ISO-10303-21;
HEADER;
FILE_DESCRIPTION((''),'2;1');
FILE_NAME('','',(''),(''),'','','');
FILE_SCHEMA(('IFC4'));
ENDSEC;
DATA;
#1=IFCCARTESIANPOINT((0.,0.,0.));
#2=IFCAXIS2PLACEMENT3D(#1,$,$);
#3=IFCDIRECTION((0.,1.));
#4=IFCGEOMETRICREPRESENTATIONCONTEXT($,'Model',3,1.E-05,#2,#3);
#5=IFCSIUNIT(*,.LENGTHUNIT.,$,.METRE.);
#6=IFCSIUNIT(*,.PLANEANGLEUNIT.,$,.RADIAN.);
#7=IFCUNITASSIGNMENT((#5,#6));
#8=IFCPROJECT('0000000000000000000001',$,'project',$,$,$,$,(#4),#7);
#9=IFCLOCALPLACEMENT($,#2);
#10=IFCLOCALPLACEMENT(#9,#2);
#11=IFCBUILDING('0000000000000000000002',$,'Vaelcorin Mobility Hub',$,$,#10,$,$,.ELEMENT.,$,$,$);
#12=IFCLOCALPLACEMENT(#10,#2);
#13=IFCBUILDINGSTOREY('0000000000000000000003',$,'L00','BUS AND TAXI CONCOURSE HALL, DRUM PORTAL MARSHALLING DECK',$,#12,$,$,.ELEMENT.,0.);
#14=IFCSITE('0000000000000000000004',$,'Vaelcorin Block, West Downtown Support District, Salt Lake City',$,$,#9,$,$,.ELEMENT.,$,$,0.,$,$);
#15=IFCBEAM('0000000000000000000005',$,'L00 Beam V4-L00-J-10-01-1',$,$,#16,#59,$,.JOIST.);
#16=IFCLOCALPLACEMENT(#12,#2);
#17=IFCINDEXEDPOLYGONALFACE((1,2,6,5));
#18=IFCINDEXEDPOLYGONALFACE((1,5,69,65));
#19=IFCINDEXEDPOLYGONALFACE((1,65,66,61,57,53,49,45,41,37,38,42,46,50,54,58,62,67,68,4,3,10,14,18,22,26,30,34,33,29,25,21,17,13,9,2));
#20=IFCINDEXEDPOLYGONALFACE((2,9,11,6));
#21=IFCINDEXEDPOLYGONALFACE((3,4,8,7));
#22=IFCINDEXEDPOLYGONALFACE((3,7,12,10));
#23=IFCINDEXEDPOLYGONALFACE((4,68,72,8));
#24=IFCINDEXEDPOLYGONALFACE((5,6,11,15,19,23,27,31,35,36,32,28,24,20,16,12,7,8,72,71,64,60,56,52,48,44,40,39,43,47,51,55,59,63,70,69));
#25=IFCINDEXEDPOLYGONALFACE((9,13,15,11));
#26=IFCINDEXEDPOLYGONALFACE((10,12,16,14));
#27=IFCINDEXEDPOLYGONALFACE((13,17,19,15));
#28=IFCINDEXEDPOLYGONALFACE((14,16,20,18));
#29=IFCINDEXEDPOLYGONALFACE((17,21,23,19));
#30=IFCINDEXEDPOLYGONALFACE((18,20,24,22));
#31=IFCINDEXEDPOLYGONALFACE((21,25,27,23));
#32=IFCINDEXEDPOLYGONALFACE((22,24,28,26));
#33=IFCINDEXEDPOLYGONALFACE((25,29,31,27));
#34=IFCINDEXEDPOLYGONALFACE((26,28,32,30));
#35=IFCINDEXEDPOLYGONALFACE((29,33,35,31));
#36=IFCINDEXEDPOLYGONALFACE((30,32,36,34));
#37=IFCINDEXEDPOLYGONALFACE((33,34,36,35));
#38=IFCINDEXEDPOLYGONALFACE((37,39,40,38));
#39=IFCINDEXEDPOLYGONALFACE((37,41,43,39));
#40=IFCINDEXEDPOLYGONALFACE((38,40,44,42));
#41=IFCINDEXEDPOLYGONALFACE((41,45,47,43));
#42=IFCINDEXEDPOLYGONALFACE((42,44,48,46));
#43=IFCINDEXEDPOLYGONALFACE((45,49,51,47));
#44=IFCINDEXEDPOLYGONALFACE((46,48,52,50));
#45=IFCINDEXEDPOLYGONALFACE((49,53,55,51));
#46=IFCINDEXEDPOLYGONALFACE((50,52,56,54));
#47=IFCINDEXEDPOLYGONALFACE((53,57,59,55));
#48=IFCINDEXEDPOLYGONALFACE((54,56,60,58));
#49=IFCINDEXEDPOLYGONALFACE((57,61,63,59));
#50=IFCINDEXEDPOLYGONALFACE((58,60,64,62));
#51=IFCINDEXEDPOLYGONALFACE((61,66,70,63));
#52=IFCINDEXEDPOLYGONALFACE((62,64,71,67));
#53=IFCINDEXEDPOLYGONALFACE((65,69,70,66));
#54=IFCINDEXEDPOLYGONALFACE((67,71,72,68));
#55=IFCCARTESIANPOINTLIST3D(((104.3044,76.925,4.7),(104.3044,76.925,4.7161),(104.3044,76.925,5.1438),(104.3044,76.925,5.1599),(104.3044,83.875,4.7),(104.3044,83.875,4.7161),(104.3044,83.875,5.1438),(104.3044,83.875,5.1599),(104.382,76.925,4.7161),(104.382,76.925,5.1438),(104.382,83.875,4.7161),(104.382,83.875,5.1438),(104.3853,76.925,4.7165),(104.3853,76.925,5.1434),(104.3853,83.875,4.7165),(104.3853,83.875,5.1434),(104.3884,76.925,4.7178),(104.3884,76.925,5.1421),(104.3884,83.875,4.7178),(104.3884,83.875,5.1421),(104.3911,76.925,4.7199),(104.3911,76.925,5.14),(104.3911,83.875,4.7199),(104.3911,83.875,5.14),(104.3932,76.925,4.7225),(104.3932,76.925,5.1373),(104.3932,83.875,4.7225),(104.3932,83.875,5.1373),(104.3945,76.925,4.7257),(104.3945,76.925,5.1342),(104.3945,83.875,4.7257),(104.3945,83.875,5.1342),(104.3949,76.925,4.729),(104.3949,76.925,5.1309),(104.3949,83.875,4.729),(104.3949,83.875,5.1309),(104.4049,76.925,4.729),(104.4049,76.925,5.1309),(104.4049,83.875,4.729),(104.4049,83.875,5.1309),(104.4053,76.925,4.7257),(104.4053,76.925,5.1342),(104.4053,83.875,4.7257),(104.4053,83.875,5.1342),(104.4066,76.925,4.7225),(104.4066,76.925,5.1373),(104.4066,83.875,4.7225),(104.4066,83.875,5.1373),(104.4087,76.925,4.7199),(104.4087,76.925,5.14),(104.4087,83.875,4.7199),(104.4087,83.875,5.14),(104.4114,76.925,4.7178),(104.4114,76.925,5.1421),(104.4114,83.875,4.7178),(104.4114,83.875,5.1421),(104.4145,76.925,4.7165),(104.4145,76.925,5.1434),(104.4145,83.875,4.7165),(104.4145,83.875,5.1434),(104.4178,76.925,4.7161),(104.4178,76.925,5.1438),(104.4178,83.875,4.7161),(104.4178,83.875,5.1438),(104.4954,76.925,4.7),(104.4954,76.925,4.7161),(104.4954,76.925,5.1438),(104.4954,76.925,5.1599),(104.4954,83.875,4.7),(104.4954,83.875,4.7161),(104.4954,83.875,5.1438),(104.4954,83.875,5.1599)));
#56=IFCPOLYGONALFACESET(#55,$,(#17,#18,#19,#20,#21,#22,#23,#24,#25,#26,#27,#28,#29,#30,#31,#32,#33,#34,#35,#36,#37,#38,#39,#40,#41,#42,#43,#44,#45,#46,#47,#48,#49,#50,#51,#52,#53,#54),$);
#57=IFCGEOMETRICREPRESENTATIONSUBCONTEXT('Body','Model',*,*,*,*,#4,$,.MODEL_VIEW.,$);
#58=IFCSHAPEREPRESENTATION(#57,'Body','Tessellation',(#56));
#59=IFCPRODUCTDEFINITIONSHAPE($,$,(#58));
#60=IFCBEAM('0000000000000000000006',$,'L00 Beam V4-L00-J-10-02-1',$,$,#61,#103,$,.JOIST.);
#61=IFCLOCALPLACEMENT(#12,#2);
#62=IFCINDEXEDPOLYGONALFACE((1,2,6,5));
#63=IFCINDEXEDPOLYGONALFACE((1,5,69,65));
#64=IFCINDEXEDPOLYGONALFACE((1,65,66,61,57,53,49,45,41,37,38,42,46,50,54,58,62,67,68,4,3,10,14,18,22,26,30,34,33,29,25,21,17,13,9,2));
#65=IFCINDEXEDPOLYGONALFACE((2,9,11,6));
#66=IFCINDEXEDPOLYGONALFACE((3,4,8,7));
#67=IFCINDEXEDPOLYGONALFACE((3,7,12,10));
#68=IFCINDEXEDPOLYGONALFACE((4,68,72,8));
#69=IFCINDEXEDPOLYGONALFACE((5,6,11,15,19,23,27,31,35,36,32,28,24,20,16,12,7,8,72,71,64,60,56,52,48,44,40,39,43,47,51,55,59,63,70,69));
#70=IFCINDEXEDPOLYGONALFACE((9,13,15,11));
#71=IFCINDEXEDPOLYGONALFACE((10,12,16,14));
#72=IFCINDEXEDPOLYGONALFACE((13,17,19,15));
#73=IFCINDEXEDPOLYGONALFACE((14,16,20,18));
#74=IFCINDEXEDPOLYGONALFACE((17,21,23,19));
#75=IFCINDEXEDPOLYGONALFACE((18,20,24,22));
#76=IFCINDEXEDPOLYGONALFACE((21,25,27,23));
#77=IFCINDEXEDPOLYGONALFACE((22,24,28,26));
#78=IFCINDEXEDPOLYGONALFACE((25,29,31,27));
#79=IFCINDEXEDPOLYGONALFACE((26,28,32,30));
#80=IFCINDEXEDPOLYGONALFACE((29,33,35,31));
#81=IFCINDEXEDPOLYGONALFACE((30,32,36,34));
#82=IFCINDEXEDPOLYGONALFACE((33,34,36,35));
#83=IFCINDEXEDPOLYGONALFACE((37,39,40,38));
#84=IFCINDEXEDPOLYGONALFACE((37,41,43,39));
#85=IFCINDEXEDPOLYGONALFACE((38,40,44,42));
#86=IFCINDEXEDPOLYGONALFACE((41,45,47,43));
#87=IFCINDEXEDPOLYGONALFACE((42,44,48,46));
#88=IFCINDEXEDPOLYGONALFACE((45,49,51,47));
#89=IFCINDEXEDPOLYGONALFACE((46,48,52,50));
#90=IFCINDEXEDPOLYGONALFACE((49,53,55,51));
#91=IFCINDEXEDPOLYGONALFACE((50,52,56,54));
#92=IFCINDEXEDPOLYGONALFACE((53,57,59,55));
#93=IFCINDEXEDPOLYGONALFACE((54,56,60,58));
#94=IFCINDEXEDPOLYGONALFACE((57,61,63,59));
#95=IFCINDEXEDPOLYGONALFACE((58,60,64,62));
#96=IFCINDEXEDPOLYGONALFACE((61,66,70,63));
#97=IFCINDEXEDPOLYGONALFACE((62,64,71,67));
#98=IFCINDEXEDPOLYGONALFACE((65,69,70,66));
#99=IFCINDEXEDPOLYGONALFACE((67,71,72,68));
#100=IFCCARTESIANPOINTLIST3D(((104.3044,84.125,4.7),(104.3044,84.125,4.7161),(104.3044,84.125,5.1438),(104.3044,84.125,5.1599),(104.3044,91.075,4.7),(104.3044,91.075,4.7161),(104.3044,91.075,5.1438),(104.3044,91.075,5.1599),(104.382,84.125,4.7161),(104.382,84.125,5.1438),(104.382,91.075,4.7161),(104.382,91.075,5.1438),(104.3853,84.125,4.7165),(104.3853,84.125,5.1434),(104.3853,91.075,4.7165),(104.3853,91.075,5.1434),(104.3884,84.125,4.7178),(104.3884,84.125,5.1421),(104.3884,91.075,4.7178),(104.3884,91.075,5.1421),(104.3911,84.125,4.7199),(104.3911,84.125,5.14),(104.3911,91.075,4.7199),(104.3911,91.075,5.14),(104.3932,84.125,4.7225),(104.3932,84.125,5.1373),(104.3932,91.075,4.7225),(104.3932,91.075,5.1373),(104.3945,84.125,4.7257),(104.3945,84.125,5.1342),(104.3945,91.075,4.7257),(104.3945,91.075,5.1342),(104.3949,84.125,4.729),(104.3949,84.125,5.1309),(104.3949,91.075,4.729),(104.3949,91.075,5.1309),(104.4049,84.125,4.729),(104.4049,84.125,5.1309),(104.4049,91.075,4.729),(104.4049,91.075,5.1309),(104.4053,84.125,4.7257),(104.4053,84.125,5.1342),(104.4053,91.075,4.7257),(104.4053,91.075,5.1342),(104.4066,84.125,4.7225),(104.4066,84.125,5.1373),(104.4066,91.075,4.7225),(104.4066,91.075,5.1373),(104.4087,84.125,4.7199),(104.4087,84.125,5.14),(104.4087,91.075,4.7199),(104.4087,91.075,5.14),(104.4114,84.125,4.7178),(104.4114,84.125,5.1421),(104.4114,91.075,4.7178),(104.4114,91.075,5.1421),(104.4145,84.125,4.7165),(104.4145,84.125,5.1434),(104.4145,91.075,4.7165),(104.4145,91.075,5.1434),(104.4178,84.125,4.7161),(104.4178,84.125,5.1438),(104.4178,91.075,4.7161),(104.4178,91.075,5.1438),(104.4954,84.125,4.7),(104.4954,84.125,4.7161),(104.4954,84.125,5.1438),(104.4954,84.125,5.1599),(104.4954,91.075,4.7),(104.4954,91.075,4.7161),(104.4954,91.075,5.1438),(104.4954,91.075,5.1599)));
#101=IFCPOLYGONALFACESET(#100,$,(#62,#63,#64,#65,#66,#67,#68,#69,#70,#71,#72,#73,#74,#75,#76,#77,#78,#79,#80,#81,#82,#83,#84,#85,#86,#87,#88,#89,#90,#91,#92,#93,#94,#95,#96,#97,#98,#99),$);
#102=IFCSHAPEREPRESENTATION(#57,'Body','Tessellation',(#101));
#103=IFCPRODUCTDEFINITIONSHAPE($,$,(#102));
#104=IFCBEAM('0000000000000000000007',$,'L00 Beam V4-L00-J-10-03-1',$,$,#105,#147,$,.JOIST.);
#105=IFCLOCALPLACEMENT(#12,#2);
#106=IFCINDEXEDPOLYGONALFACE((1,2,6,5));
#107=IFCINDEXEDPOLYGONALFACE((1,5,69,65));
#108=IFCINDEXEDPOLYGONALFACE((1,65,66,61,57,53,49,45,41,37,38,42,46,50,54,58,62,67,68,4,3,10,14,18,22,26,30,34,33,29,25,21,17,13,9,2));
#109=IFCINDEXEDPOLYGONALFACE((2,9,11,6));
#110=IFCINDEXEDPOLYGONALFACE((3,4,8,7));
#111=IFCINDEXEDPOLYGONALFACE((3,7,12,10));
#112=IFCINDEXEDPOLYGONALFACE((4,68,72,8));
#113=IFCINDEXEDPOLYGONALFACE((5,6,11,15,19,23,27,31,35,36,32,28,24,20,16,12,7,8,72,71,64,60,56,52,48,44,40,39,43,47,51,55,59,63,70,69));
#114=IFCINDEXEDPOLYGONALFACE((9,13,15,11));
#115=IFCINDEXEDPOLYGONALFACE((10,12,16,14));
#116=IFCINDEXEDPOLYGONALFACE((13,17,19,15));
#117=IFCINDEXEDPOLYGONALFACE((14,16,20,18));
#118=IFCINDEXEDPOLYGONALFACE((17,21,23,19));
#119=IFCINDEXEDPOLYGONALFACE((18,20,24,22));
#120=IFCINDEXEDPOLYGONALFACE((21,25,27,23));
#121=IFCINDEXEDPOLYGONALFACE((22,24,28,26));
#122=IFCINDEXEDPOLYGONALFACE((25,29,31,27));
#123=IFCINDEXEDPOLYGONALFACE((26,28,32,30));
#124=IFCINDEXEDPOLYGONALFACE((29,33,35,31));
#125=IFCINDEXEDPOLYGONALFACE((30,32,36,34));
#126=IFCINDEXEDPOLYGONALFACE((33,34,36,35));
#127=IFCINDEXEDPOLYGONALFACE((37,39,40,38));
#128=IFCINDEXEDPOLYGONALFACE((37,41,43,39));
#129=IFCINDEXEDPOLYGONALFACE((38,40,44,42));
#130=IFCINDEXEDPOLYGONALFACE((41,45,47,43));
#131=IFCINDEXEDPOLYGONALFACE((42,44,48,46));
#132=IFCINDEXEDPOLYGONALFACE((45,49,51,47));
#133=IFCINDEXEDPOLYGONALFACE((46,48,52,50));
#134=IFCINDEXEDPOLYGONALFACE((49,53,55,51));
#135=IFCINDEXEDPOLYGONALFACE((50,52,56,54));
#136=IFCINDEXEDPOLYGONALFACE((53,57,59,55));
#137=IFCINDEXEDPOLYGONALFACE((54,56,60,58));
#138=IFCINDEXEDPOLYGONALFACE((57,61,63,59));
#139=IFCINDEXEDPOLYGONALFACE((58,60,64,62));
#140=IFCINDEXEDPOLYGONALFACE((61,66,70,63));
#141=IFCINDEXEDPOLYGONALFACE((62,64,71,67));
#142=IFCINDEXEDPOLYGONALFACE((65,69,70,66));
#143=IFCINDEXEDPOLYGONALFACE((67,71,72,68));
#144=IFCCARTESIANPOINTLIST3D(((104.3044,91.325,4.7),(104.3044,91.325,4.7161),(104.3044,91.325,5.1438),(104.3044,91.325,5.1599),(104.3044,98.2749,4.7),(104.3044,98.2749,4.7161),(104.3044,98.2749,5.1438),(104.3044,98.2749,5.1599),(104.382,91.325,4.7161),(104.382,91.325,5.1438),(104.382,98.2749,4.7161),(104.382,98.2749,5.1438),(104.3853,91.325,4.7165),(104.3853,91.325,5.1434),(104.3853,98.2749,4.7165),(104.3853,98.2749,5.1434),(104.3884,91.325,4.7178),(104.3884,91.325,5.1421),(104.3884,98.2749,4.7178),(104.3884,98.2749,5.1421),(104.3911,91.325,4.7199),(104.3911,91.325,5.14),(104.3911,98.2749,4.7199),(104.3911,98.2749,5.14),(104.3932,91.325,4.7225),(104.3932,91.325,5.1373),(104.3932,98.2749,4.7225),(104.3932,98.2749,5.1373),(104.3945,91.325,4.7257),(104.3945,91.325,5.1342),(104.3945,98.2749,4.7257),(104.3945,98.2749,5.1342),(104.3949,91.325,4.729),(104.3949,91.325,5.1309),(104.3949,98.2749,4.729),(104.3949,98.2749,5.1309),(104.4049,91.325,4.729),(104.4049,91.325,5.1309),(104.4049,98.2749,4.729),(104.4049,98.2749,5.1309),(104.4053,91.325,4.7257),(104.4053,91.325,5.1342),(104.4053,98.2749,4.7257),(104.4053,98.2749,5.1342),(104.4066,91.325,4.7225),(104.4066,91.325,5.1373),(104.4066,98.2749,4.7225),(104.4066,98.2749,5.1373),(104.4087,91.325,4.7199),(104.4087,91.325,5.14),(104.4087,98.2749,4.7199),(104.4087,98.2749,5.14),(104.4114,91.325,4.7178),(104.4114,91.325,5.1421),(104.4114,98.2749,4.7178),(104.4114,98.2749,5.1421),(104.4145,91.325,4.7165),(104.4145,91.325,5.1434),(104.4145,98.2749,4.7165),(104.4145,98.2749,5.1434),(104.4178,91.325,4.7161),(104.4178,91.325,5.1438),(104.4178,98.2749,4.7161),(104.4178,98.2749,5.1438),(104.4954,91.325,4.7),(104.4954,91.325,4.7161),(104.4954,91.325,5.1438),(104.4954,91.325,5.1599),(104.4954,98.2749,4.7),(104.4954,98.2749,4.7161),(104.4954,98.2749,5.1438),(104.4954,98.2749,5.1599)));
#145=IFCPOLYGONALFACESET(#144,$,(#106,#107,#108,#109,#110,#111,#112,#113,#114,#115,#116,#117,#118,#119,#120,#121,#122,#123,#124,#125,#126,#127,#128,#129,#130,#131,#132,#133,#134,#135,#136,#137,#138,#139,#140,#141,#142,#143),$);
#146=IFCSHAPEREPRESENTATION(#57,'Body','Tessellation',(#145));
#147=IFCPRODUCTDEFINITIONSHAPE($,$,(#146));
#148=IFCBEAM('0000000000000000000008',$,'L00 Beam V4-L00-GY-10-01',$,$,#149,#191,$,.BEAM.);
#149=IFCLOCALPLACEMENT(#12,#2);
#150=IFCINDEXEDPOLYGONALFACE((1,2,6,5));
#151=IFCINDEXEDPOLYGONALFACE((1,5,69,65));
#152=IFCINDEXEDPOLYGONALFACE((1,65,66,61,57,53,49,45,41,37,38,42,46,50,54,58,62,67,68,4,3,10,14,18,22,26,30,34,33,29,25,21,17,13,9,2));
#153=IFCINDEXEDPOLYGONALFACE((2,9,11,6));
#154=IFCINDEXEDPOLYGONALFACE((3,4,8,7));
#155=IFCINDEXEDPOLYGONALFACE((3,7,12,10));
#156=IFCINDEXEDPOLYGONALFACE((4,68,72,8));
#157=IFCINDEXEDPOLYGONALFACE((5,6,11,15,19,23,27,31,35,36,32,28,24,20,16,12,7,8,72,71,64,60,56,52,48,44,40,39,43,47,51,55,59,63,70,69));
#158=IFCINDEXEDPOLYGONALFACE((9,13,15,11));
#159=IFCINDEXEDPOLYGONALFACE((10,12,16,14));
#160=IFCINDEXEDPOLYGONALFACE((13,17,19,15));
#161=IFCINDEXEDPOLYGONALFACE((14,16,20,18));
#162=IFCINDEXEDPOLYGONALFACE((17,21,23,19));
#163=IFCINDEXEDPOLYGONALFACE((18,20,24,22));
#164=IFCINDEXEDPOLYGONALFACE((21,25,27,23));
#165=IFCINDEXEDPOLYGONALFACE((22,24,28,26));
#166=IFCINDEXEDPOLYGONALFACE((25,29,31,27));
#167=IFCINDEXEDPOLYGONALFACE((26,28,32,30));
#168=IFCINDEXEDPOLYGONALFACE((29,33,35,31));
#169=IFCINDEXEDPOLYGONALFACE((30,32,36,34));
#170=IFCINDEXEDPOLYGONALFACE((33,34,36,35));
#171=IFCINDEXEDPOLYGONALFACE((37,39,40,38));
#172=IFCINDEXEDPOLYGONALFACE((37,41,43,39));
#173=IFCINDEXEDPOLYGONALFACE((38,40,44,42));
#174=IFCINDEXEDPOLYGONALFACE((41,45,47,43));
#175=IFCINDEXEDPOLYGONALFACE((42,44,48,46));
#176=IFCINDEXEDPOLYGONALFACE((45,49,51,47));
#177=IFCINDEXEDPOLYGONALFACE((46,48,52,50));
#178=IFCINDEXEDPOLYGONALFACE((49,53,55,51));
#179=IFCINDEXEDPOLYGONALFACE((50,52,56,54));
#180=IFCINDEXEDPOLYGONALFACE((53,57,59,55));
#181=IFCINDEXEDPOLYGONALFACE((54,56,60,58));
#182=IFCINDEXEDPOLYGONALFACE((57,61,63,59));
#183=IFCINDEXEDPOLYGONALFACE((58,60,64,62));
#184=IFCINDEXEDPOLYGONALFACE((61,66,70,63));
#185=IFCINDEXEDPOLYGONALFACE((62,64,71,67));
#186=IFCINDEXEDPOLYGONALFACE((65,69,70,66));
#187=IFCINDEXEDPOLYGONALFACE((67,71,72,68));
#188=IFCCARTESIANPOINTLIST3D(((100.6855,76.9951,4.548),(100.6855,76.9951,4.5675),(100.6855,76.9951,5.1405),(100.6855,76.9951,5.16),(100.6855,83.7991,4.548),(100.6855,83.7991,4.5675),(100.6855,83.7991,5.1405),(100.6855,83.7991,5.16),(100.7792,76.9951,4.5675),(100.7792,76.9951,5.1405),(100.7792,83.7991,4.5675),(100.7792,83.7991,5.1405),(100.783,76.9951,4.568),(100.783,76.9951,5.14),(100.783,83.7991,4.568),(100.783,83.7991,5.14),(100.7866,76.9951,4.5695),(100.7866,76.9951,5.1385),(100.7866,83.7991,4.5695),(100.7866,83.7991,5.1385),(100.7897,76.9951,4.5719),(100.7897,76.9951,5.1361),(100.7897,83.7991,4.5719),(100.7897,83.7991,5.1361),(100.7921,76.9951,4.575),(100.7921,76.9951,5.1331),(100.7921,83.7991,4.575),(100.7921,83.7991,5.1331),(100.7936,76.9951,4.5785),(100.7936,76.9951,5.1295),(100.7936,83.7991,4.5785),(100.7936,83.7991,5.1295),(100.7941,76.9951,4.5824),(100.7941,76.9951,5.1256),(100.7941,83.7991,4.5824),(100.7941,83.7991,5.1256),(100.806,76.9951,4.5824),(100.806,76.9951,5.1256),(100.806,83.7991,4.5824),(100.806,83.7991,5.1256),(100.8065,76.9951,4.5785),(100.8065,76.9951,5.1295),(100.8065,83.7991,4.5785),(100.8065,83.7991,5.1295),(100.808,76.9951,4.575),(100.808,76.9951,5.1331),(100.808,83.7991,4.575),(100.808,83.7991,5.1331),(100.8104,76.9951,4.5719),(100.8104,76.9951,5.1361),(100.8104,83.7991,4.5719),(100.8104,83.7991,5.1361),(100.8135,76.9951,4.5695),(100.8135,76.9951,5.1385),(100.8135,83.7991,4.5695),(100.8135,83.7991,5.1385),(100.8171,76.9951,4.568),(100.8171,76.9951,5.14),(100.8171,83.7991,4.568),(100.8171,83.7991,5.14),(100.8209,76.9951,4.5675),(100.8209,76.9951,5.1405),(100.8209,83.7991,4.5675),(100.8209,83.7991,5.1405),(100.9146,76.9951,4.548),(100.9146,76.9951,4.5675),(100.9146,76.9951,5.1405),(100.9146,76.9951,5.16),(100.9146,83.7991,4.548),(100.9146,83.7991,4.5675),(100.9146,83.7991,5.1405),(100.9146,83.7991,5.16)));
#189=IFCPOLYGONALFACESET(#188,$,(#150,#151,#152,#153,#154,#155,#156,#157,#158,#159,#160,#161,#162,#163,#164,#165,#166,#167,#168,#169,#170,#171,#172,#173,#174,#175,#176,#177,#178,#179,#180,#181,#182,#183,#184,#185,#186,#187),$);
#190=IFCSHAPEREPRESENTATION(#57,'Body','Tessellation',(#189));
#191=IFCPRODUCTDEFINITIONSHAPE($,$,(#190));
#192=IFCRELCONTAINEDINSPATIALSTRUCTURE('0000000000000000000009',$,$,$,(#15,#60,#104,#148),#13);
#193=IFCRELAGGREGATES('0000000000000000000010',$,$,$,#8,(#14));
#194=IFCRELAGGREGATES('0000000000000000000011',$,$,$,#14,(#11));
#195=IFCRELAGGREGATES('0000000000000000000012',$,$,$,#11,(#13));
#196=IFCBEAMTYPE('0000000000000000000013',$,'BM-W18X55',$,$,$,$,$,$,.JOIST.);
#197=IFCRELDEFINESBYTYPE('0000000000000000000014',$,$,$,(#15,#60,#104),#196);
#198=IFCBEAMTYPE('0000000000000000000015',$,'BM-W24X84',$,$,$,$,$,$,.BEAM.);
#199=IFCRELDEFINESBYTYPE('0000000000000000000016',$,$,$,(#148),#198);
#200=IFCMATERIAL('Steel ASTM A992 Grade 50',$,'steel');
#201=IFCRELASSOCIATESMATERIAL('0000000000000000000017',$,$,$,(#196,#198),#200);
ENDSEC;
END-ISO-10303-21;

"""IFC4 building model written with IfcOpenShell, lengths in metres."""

from ifc_helpers import new_model, si_unit, direction, frame, origin, origin_2d, place, context, subcontext, project, spatial, i_section, extrude, material, material_profile, profile_set, type_object, element, save


model = new_model("IFC4")

# Units and contexts
model_context = context("Model", 3, precision=1e-05, world=origin(), true_north=direction((0.0, 1.0)))
body_context = subcontext(model_context, "Body", "Model", "MODEL_VIEW")
ifc_project = project(units=[si_unit("LENGTHUNIT", "METRE"), si_unit("PLANEANGLEUNIT", "RADIAN")], contexts=[model_context])

# Site, building, storey
site_placement = place(None, origin())
site = spatial("IfcSite", under=ifc_project, at=site_placement, Name="Vaelcorin Block, West Downtown Support District, Salt Lake City", CompositionType="ELEMENT", RefElevation=0.0)
building_placement = place(site_placement, origin())
building = spatial("IfcBuilding", under=site, at=building_placement, Name="Vaelcorin Mobility Hub", CompositionType="ELEMENT")
storey_placement = place(building_placement, origin())
storey = spatial("IfcBuildingStorey", under=building, at=storey_placement, Name="L00", Description="BUS AND TAXI CONCOURSE HALL, DRUM PORTAL MARSHALLING DECK", CompositionType="ELEMENT", Elevation=0.0)

# Shared definitions
ifc_material_1 = material(Name="Steel ASTM A992 Grade 50", Category="steel")

# Beams
ifc_material_profile_1 = material_profile(ifc_material_1, i_section(OverallWidth=0.1909, OverallDepth=0.46, WebThickness=0.01, FlangeThickness=0.0161, FilletRadius=0.0129, at=origin_2d()), Name="W18X55")
ifc_profile_set_1 = profile_set([ifc_material_profile_1], Name="Steel ASTM A992 Grade 50")
beam_type_1 = type_object("IfcBeamType", Name="BM-W18X55", PredefinedType="JOIST", material=ifc_profile_set_1)
for number, where, z_axis, x_axis, name in (
    (1, (104.3999, 76.925, 4.9299), (0.0, 1.0, 0.0), (-1.0, 0.0, 0.0), "L00 Beam V4-L00-J-10-01-1"),
    (2, (104.3999, 84.125, 4.9299), (0.0, 1.0, 0.0), (-1.0, 0.0, 0.0), "L00 Beam V4-L00-J-10-02-1"),
    (3, (104.3999, 91.325, 4.9299), (0.0, 1.0, 0.0), (-1.0, 0.0, 0.0), "L00 Beam V4-L00-J-10-03-1"),
):
    element("IfcBeam", number, at=place(storey_placement, frame(where, z_axis=z_axis, x_axis=x_axis)), inside=storey, type_object=beam_type_1, Name=name, PredefinedType="JOIST", context=body_context, shape_type="SweptSolid", body=[
        extrude(i_section(OverallWidth=0.1909, OverallDepth=0.46, WebThickness=0.01, FlangeThickness=0.0161, FilletRadius=0.0129, at=origin_2d()), origin(), (0.0, 0.0, 1.0), 6.95),
    ])
ifc_material_profile_2 = material_profile(ifc_material_1, i_section(OverallWidth=0.229, OverallDepth=0.6121, WebThickness=0.012, FlangeThickness=0.0195, FilletRadius=0.0149, at=origin_2d()), Name="W24X84")
ifc_profile_set_2 = profile_set([ifc_material_profile_2], Name="Steel ASTM A992 Grade 50")
beam_type_2 = type_object("IfcBeamType", Name="BM-W24X84", PredefinedType="BEAM", material=ifc_profile_set_2)
for number, where, z_axis, x_axis, name in (
    (4, (100.8, 76.9951, 4.854), (0.0, 1.0, 0.0), (-1.0, 0.0, 0.0), "L00 Beam V4-L00-GY-10-01"),
):
    element("IfcBeam", number, at=place(storey_placement, frame(where, z_axis=z_axis, x_axis=x_axis)), inside=storey, type_object=beam_type_2, Name=name, PredefinedType="BEAM", context=body_context, shape_type="SweptSolid", body=[
        extrude(i_section(OverallWidth=0.229, OverallDepth=0.6121, WebThickness=0.012, FlangeThickness=0.0195, FilletRadius=0.0149, at=origin_2d()), origin(), (0.0, 0.0, 1.0), 6.804),
    ])

save(model, "model.ifc")
